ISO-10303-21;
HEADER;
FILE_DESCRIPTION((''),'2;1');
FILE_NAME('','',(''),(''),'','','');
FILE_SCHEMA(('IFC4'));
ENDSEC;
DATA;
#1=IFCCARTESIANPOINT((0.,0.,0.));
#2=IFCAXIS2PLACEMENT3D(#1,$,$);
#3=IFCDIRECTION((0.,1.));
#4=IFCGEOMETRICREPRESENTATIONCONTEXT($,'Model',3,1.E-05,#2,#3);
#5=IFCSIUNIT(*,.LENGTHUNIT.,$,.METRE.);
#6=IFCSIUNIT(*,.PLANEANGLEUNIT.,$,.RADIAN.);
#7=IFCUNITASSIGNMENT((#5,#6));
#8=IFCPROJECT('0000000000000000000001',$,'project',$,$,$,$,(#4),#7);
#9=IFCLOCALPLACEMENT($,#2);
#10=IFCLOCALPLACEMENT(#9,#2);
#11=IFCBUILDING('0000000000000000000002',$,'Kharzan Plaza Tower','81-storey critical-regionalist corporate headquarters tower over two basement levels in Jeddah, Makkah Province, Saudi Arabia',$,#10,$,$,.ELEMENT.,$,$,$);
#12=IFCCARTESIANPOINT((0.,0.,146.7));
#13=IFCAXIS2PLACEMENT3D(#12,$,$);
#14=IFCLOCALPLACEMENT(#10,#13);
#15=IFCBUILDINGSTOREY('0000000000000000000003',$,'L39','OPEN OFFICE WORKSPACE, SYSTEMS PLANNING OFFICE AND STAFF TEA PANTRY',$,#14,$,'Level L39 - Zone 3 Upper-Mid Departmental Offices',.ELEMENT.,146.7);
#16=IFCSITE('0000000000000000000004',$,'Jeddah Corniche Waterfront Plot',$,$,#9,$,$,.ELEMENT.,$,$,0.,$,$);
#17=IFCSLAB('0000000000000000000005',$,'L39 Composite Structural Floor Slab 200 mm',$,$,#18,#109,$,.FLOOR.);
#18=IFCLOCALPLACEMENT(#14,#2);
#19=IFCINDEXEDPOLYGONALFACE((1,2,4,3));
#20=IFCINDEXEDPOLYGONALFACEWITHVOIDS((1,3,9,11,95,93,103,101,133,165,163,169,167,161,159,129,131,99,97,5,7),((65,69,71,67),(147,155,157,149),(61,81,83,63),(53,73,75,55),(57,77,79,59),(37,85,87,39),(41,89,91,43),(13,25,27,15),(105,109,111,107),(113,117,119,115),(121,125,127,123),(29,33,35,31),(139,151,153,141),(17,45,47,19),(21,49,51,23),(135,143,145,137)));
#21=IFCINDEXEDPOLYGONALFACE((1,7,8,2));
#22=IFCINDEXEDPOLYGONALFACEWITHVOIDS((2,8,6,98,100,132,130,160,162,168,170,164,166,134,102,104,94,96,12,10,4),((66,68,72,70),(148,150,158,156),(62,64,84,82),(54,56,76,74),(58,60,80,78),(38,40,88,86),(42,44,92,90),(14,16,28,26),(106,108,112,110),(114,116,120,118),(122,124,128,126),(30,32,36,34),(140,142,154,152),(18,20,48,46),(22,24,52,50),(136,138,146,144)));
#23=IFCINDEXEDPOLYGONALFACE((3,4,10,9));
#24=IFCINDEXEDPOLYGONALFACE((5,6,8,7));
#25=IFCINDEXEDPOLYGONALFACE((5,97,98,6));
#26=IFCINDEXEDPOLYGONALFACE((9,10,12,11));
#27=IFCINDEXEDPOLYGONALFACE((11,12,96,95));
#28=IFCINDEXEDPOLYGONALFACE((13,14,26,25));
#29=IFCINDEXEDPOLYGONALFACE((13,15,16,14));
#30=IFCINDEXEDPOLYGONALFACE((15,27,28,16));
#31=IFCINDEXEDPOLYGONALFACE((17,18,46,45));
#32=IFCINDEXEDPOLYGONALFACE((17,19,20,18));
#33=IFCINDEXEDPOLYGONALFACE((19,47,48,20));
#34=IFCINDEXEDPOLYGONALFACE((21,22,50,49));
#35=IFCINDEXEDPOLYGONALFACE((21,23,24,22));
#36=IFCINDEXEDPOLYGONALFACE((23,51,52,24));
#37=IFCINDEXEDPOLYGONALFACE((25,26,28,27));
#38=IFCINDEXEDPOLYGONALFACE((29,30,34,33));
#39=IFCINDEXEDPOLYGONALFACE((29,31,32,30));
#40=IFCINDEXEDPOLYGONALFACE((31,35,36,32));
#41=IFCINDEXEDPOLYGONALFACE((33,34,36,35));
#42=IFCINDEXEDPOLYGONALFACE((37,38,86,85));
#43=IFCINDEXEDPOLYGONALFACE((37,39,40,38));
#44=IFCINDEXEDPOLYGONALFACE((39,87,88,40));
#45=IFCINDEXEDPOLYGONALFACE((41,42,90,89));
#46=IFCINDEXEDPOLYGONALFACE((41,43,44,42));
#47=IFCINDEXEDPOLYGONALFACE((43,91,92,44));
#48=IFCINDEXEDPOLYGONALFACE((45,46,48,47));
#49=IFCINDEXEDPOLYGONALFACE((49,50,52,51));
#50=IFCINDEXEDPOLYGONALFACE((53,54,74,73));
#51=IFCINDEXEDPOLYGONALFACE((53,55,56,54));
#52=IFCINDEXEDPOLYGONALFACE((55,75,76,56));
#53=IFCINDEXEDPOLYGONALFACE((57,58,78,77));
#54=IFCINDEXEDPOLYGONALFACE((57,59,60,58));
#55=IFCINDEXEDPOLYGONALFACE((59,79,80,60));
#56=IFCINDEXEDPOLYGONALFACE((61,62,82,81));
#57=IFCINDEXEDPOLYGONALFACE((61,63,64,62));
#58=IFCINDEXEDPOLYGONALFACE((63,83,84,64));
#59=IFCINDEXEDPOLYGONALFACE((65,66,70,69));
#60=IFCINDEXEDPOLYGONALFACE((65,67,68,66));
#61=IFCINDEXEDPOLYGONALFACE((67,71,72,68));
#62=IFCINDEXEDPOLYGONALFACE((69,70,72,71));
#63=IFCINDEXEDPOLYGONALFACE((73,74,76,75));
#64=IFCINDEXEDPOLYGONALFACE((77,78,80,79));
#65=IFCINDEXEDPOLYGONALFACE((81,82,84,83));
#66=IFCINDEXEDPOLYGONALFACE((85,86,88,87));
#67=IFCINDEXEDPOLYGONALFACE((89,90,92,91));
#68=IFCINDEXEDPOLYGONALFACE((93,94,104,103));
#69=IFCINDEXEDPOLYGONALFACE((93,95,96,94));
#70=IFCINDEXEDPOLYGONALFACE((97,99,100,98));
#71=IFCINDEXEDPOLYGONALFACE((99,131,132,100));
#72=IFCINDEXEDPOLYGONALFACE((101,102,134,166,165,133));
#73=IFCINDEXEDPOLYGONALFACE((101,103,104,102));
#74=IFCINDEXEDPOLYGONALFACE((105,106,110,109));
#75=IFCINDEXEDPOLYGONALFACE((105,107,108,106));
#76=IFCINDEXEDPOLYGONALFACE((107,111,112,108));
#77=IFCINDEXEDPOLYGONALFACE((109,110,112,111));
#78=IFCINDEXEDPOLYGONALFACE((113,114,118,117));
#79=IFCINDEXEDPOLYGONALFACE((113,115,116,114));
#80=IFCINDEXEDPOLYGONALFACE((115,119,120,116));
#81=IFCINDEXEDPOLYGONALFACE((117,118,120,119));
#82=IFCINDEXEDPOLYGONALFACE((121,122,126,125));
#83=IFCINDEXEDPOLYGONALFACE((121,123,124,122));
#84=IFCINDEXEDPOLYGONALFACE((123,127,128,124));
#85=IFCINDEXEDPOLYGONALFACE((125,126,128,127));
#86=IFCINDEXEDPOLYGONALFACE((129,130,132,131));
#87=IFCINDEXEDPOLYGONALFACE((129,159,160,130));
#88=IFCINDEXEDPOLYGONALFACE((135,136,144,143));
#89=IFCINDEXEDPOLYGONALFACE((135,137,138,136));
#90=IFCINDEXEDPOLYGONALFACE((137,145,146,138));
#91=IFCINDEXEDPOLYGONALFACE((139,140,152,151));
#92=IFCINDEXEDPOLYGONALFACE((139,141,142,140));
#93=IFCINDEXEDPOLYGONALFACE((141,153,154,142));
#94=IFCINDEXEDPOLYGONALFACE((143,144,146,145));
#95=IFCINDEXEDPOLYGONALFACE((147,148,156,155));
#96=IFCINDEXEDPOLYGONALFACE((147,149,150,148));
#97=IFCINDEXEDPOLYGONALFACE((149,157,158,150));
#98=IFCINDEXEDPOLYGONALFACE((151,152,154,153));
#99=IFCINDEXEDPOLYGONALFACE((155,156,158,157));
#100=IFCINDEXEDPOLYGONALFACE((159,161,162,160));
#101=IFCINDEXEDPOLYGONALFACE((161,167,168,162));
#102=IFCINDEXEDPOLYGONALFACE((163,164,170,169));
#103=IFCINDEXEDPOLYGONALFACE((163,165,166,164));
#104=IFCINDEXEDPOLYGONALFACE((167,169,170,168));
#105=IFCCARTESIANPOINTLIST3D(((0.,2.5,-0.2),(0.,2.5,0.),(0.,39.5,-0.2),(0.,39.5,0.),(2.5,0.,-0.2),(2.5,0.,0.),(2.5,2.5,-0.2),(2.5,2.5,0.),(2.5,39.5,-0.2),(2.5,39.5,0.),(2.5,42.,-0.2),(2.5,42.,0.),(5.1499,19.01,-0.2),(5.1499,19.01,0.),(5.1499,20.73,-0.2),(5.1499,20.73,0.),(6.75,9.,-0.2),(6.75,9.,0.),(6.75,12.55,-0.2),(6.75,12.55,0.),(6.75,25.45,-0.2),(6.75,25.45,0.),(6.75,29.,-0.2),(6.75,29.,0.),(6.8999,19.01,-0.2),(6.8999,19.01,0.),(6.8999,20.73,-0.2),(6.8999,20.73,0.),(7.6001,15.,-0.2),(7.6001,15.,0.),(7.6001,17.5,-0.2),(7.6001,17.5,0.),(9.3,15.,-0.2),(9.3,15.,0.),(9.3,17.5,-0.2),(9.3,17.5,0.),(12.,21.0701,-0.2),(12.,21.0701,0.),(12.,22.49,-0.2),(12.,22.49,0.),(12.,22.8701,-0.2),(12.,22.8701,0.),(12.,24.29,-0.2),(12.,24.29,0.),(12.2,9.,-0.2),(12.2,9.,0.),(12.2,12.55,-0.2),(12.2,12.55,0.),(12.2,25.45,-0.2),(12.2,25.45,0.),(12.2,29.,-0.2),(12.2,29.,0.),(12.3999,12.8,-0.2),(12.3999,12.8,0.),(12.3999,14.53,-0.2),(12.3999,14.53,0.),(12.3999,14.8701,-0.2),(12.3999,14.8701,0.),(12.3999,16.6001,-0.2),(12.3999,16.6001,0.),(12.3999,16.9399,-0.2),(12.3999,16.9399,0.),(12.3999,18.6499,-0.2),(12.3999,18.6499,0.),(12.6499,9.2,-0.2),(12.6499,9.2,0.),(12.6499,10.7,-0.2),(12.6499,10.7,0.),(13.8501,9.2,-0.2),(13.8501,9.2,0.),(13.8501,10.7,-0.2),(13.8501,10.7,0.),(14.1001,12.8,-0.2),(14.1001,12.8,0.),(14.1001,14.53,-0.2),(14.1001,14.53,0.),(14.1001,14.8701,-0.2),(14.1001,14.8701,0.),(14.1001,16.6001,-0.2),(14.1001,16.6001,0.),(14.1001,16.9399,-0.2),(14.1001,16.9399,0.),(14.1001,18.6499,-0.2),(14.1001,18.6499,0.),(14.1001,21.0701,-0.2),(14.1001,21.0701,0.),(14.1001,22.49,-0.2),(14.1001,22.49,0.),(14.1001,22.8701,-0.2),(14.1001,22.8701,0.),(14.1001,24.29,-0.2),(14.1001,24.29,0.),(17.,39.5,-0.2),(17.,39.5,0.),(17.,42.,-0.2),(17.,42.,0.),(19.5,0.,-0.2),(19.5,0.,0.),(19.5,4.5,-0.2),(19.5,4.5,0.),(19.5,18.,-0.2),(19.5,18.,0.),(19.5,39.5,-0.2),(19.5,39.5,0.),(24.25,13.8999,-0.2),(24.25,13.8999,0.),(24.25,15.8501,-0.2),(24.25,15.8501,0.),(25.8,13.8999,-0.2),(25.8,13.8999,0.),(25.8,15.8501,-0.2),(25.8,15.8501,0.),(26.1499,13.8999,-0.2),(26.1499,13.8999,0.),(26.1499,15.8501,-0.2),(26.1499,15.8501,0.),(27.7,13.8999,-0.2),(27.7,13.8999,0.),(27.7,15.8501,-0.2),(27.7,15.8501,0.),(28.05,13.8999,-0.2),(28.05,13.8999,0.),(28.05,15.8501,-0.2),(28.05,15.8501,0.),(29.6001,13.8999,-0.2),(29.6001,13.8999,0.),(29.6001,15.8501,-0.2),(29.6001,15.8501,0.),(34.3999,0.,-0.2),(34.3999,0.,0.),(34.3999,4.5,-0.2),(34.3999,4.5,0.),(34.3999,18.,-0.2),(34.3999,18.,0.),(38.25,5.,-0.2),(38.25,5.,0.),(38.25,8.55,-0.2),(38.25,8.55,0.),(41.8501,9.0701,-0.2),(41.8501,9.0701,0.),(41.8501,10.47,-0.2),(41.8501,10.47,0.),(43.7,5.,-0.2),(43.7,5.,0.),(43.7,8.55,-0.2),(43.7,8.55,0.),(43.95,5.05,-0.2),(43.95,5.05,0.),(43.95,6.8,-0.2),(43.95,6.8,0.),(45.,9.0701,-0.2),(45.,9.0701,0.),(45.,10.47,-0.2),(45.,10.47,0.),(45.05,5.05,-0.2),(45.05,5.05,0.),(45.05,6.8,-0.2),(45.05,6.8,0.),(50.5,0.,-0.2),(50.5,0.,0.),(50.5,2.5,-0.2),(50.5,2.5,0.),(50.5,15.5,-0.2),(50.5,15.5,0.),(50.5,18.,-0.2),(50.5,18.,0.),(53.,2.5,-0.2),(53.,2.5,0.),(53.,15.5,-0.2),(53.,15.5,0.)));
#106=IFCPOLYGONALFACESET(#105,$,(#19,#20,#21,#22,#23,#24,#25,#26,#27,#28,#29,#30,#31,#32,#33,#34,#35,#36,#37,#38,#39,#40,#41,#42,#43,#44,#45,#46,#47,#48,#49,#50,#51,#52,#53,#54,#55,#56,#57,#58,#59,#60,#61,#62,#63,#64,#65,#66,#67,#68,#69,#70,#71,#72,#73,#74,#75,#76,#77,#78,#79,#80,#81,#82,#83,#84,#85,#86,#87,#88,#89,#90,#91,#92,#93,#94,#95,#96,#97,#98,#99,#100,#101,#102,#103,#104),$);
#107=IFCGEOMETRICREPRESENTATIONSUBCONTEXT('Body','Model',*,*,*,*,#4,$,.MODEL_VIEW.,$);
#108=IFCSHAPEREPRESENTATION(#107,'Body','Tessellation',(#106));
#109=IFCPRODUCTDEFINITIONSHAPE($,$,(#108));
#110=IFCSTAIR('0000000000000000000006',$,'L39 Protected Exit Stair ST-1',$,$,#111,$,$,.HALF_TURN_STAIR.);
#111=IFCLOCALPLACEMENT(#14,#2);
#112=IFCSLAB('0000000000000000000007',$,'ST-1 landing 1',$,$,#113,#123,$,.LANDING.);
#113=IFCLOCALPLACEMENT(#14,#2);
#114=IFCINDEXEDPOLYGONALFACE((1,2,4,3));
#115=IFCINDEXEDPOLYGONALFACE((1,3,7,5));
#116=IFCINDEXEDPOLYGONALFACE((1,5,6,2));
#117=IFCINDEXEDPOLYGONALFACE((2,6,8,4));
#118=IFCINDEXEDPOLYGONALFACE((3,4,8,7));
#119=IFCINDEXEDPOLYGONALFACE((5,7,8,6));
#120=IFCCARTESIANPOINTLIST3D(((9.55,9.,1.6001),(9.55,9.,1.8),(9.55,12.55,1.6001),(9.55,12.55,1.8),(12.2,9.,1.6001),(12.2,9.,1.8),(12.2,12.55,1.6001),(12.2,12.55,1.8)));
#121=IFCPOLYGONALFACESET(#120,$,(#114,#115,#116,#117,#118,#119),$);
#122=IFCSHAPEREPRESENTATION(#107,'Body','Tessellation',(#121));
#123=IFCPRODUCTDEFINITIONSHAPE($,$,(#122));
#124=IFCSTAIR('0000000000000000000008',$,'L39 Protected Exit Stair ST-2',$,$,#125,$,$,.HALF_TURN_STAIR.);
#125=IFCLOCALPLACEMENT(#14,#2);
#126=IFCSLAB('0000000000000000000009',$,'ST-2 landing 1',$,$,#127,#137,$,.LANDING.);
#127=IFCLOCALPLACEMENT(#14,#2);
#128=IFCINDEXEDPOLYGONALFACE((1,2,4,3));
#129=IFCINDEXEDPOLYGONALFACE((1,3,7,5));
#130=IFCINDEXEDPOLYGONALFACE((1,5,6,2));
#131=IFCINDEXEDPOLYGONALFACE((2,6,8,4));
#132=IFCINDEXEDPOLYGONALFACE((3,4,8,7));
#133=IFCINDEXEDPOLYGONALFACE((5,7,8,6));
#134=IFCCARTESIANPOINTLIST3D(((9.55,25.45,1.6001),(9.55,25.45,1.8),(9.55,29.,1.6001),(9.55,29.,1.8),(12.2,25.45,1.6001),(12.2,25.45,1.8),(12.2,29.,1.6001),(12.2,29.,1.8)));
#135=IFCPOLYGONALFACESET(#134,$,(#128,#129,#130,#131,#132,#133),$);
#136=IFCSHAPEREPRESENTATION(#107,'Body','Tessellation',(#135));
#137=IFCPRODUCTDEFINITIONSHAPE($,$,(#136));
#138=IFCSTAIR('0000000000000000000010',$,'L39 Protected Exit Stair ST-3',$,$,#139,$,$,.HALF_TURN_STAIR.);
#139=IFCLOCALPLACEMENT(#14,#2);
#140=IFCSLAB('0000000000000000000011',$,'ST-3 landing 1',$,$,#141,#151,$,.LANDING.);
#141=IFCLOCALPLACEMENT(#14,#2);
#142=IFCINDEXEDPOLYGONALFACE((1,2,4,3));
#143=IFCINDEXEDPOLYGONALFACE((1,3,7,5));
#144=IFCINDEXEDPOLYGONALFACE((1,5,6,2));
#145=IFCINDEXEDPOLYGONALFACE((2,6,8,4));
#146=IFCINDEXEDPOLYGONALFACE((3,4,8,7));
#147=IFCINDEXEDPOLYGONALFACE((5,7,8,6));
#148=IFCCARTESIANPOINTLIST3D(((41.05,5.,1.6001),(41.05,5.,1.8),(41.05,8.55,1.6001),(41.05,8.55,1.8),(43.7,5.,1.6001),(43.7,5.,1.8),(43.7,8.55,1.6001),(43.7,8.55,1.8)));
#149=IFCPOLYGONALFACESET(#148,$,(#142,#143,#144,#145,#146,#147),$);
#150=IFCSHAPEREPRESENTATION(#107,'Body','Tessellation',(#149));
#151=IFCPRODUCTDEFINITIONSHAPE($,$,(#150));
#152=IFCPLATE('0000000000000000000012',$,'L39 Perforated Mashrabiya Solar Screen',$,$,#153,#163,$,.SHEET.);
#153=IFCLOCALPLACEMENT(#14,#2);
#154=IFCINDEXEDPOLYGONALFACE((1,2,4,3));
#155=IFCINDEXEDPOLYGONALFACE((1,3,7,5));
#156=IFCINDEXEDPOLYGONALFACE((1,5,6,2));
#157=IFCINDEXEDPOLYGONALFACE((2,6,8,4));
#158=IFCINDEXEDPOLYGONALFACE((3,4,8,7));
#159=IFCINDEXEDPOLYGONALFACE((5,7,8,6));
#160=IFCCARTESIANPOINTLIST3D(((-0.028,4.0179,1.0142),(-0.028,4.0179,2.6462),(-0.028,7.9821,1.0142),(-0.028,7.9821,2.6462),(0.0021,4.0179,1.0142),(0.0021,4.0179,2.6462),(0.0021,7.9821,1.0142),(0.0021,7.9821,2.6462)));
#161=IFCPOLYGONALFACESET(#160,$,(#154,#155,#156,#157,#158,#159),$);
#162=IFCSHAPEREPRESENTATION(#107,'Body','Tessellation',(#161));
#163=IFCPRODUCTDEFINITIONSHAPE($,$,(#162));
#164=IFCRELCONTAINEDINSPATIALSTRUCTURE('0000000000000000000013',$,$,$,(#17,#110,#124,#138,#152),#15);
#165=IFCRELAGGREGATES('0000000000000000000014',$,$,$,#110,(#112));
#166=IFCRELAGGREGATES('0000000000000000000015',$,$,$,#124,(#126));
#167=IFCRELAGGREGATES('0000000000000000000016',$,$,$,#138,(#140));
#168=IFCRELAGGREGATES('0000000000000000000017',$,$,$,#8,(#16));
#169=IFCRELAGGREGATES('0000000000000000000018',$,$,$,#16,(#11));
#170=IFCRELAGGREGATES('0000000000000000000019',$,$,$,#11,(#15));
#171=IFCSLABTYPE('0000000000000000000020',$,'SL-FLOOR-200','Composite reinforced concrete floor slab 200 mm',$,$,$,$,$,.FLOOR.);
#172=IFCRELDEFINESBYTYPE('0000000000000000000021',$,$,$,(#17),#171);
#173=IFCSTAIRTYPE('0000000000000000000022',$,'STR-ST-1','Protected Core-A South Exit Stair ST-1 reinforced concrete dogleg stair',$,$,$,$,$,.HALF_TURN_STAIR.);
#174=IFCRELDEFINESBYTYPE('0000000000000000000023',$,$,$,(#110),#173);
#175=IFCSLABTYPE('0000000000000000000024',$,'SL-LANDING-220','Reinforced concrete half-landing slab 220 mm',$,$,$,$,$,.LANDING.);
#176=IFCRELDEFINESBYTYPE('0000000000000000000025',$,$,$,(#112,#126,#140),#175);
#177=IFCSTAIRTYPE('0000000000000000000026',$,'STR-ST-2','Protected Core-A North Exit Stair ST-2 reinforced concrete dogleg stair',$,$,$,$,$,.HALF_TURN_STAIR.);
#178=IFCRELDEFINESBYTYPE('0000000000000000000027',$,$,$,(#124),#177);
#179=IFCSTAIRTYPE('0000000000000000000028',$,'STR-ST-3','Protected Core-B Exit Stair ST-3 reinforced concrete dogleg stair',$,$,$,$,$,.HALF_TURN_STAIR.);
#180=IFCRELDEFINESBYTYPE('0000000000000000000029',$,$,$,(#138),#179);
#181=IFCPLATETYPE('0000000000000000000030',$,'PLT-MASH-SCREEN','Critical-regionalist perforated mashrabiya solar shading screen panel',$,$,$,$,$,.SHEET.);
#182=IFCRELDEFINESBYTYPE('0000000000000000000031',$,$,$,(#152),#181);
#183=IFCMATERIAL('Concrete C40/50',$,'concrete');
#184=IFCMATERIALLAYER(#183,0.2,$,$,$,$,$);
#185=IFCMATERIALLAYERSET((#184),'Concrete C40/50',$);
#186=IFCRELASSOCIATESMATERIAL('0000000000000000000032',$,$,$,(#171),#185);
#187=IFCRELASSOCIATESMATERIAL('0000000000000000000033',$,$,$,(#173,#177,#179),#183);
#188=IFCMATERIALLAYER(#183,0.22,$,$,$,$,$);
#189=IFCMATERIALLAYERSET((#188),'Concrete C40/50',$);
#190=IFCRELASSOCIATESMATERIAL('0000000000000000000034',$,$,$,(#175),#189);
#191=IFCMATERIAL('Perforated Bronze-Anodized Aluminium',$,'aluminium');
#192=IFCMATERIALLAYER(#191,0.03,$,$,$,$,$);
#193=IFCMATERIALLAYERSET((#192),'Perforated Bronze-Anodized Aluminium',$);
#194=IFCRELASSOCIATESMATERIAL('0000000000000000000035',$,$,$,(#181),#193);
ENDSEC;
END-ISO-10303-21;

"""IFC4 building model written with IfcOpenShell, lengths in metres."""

from ifc_helpers import new_model, si_unit, direction, frame, origin, origin_2d, place, context, subcontext, project, spatial, polyline, rectangle, outline, extrude, source, transform, mapped, material, layer, layer_set, type_object, element, aggregate, save


model = new_model("IFC4")

# Units and contexts
model_context = context("Model", 3, precision=1e-05, world=origin(), true_north=direction((0.0, 1.0)))
body_context = subcontext(model_context, "Body", "Model", "MODEL_VIEW")
ifc_project = project(units=[si_unit("LENGTHUNIT", "METRE"), si_unit("PLANEANGLEUNIT", "RADIAN")], contexts=[model_context])

# Site, building, storey
site_placement = place(None, origin())
site = spatial("IfcSite", under=ifc_project, at=site_placement, Name="Jeddah Corniche Waterfront Plot", CompositionType="ELEMENT", RefElevation=0.0)
building_placement = place(site_placement, origin())
building = spatial("IfcBuilding", under=site, at=building_placement, Name="Kharzan Plaza Tower", Description="81-storey critical-regionalist corporate headquarters tower over two basement levels in Jeddah, Makkah Province, Saudi Arabia", CompositionType="ELEMENT")
storey_placement = place(building_placement, frame((0.0, 0.0, 146.7)))
storey = spatial("IfcBuildingStorey", under=building, at=storey_placement, Name="L39", Description="OPEN OFFICE WORKSPACE, SYSTEMS PLANNING OFFICE AND STAFF TEA PANTRY", LongName="Level L39 - Zone 3 Upper-Mid Departmental Offices", CompositionType="ELEMENT", Elevation=146.7)

# Slab
ifc_material_1 = material(Name="Concrete C40/50", Category="concrete")
ifc_layer_1 = layer(ifc_material_1, 0.2)
ifc_layer_set_1 = layer_set([ifc_layer_1], Name="Concrete C40/50")
slab_type_1 = type_object("IfcSlabType", Name="SL-FLOOR-200", Description="Composite reinforced concrete floor slab 200 mm", PredefinedType="FLOOR", material=ifc_layer_set_1)
slab_1_placement = place(storey_placement, frame((0.0, 0.0, -0.2)))
element("IfcSlab", 1, at=slab_1_placement, inside=storey, type_object=slab_type_1, Name="L39 Composite Structural Floor Slab 200 mm", PredefinedType="FLOOR", context=body_context, shape_type="SweptSolid", body=[
    extrude(outline(polyline([(34.3999, 18.0), (19.5, 18.0), (19.5, 39.5), (17.0, 39.5), (17.0, 42.0), (2.5, 42.0), (2.5, 39.5), (0.0, 39.5), (0.0, 2.5), (2.5, 2.5), (2.5, 0.0), (19.5, 0.0), (19.5, 4.5), (34.3999, 4.5), (34.3999, 0.0), (50.5, 0.0), (50.5, 2.5), (53.0, 2.5), (53.0, 15.5), (50.5, 15.5), (50.5, 18.0), (34.3999, 18.0)]), holes=[polyline([(12.2, 9.0), (12.2, 12.55), (6.75, 12.55), (6.75, 9.0), (12.2, 9.0)]), polyline([(14.1001, 12.8), (14.1001, 14.53), (12.3999, 14.53), (12.3999, 12.8), (14.1001, 12.8)]), polyline([(14.1001, 14.8701), (14.1001, 16.6001), (12.3999, 16.6001), (12.3999, 14.8701), (14.1001, 14.8701)]), polyline([(9.3, 15.0), (9.3, 17.5), (7.6001, 17.5), (7.6001, 15.0), (9.3, 15.0)]), polyline([(6.8999, 19.01), (6.8999, 20.73), (5.1499, 20.73), (5.1499, 19.01), (6.8999, 19.01)]), polyline([(14.1001, 21.0701), (14.1001, 22.49), (12.0, 22.49), (12.0, 21.0701), (14.1001, 21.0701)]), polyline([(14.1001, 22.8701), (14.1001, 24.29), (12.0, 24.29), (12.0, 22.8701), (14.1001, 22.8701)]), polyline([(12.2, 25.45), (12.2, 29.0), (6.75, 29.0), (6.75, 25.45), (12.2, 25.45)]), polyline([(45.05, 5.05), (45.05, 6.8), (43.95, 6.8), (43.95, 5.05), (45.05, 5.05)]), polyline([(43.7, 5.0), (43.7, 8.55), (38.25, 8.55), (38.25, 5.0), (43.7, 5.0)]), polyline([(45.0, 9.0701), (45.0, 10.47), (41.8501, 10.47), (41.8501, 9.0701), (45.0, 9.0701)]), polyline([(13.8501, 9.2), (13.8501, 10.7), (12.6499, 10.7), (12.6499, 9.2), (13.8501, 9.2)]), polyline([(25.8, 13.8999), (25.8, 15.8501), (24.25, 15.8501), (24.25, 13.8999), (25.8, 13.8999)]), polyline([(27.7, 13.8999), (27.7, 15.8501), (26.1499, 15.8501), (26.1499, 13.8999), (27.7, 13.8999)]), polyline([(29.6001, 13.8999), (29.6001, 15.8501), (28.05, 15.8501), (28.05, 13.8999), (29.6001, 13.8999)]), polyline([(14.1001, 16.9399), (14.1001, 18.6499), (12.3999, 18.6499), (12.3999, 16.9399), (14.1001, 16.9399)])]), origin(), (0.0, 0.0, 1.0), 0.2),
])

# Stairs, slabs
stair_type_1 = type_object("IfcStairType", Name="STR-ST-1", Description="Protected Core-A South Exit Stair ST-1 reinforced concrete dogleg stair", PredefinedType="HALF_TURN_STAIR", material=ifc_material_1)
stair_1_placement = place(storey_placement, origin())
stair_1 = element("IfcStair", 2, at=stair_1_placement, inside=storey, type_object=stair_type_1, Name="L39 Protected Exit Stair ST-1", PredefinedType="HALF_TURN_STAIR")
ifc_layer_2 = layer(ifc_material_1, 0.22)
ifc_layer_set_2 = layer_set([ifc_layer_2], Name="Concrete C40/50")
slab_type_2 = type_object("IfcSlabType", Name="SL-LANDING-220", Description="Reinforced concrete half-landing slab 220 mm", PredefinedType="LANDING", material=ifc_layer_set_2)
slab_2_placement = place(storey_placement, frame((0.0, 0.0, 1.6001)))
slab_2 = element("IfcSlab", 3, at=slab_2_placement, type_object=slab_type_2, Name="ST-1 landing 1", PredefinedType="LANDING", context=body_context, shape_type="SweptSolid", body=[
    extrude(outline(polyline([(9.55, 9.0), (12.2, 9.0), (12.2, 12.55), (9.55, 12.55), (9.55, 9.0)])), origin(), (0.0, 0.0, 1.0), 0.2),
])
aggregate(stair_1, [slab_2])
stair_type_2 = type_object("IfcStairType", Name="STR-ST-2", Description="Protected Core-A North Exit Stair ST-2 reinforced concrete dogleg stair", PredefinedType="HALF_TURN_STAIR", material=ifc_material_1)
stair_2_placement = place(storey_placement, origin())
stair_2 = element("IfcStair", 4, at=stair_2_placement, inside=storey, type_object=stair_type_2, Name="L39 Protected Exit Stair ST-2", PredefinedType="HALF_TURN_STAIR")
slab_3_placement = place(storey_placement, frame((0.0, 0.0, 1.6001)))
slab_3 = element("IfcSlab", 5, at=slab_3_placement, type_object=slab_type_2, Name="ST-2 landing 1", PredefinedType="LANDING", context=body_context, shape_type="SweptSolid", body=[
    extrude(outline(polyline([(9.55, 25.45), (12.2, 25.45), (12.2, 29.0), (9.55, 29.0), (9.55, 25.45)])), origin(), (0.0, 0.0, 1.0), 0.2),
])
aggregate(stair_2, [slab_3])
stair_type_3 = type_object("IfcStairType", Name="STR-ST-3", Description="Protected Core-B Exit Stair ST-3 reinforced concrete dogleg stair", PredefinedType="HALF_TURN_STAIR", material=ifc_material_1)
stair_3_placement = place(storey_placement, origin())
stair_3 = element("IfcStair", 6, at=stair_3_placement, inside=storey, type_object=stair_type_3, Name="L39 Protected Exit Stair ST-3", PredefinedType="HALF_TURN_STAIR")
slab_4_placement = place(storey_placement, frame((0.0, 0.0, 1.6001)))
slab_4 = element("IfcSlab", 7, at=slab_4_placement, type_object=slab_type_2, Name="ST-3 landing 1", PredefinedType="LANDING", context=body_context, shape_type="SweptSolid", body=[
    extrude(outline(polyline([(41.05, 5.0), (43.7, 5.0), (43.7, 8.55), (41.05, 8.55), (41.05, 5.0)])), origin(), (0.0, 0.0, 1.0), 0.2),
])
aggregate(stair_3, [slab_4])

# Plate
ifc_material_2 = material(Name="Perforated Bronze-Anodized Aluminium", Category="aluminium")
ifc_layer_3 = layer(ifc_material_2, 0.03)
ifc_layer_set_3 = layer_set([ifc_layer_3], Name="Perforated Bronze-Anodized Aluminium")
plate_type = type_object("IfcPlateType", Name="PLT-MASH-SCREEN", Description="Critical-regionalist perforated mashrabiya solar shading screen panel", PredefinedType="SHEET", material=ifc_layer_set_3)
shared_shape_1 = source(origin(), body_context, "Body", "SweptSolid", [
    extrude(rectangle(XDim=3.9641, YDim=0.03, at=origin_2d()), origin(), (0.0, 0.0, 1.0), 1.6321),
])
plate_placement = place(storey_placement, frame((-0.0129, 6.0, 1.0142), z_axis=(0.0, 0.0, 1.0), x_axis=(0.0, -1.0, 0.0)))
element("IfcPlate", 8, at=plate_placement, inside=storey, type_object=plate_type, Name="L39 Perforated Mashrabiya Solar Screen", PredefinedType="SHEET", context=body_context, shape_type="MappedRepresentation", body=[
    mapped(shared_shape_1, transform((0.0, 0.0, 0.0), x_axis=(1.0, 0.0, 0.0), y_axis=(0.0, 1.0, 0.0), z_axis=(0.0, 0.0, 1.0))),
])

save(model, "model.ifc")
